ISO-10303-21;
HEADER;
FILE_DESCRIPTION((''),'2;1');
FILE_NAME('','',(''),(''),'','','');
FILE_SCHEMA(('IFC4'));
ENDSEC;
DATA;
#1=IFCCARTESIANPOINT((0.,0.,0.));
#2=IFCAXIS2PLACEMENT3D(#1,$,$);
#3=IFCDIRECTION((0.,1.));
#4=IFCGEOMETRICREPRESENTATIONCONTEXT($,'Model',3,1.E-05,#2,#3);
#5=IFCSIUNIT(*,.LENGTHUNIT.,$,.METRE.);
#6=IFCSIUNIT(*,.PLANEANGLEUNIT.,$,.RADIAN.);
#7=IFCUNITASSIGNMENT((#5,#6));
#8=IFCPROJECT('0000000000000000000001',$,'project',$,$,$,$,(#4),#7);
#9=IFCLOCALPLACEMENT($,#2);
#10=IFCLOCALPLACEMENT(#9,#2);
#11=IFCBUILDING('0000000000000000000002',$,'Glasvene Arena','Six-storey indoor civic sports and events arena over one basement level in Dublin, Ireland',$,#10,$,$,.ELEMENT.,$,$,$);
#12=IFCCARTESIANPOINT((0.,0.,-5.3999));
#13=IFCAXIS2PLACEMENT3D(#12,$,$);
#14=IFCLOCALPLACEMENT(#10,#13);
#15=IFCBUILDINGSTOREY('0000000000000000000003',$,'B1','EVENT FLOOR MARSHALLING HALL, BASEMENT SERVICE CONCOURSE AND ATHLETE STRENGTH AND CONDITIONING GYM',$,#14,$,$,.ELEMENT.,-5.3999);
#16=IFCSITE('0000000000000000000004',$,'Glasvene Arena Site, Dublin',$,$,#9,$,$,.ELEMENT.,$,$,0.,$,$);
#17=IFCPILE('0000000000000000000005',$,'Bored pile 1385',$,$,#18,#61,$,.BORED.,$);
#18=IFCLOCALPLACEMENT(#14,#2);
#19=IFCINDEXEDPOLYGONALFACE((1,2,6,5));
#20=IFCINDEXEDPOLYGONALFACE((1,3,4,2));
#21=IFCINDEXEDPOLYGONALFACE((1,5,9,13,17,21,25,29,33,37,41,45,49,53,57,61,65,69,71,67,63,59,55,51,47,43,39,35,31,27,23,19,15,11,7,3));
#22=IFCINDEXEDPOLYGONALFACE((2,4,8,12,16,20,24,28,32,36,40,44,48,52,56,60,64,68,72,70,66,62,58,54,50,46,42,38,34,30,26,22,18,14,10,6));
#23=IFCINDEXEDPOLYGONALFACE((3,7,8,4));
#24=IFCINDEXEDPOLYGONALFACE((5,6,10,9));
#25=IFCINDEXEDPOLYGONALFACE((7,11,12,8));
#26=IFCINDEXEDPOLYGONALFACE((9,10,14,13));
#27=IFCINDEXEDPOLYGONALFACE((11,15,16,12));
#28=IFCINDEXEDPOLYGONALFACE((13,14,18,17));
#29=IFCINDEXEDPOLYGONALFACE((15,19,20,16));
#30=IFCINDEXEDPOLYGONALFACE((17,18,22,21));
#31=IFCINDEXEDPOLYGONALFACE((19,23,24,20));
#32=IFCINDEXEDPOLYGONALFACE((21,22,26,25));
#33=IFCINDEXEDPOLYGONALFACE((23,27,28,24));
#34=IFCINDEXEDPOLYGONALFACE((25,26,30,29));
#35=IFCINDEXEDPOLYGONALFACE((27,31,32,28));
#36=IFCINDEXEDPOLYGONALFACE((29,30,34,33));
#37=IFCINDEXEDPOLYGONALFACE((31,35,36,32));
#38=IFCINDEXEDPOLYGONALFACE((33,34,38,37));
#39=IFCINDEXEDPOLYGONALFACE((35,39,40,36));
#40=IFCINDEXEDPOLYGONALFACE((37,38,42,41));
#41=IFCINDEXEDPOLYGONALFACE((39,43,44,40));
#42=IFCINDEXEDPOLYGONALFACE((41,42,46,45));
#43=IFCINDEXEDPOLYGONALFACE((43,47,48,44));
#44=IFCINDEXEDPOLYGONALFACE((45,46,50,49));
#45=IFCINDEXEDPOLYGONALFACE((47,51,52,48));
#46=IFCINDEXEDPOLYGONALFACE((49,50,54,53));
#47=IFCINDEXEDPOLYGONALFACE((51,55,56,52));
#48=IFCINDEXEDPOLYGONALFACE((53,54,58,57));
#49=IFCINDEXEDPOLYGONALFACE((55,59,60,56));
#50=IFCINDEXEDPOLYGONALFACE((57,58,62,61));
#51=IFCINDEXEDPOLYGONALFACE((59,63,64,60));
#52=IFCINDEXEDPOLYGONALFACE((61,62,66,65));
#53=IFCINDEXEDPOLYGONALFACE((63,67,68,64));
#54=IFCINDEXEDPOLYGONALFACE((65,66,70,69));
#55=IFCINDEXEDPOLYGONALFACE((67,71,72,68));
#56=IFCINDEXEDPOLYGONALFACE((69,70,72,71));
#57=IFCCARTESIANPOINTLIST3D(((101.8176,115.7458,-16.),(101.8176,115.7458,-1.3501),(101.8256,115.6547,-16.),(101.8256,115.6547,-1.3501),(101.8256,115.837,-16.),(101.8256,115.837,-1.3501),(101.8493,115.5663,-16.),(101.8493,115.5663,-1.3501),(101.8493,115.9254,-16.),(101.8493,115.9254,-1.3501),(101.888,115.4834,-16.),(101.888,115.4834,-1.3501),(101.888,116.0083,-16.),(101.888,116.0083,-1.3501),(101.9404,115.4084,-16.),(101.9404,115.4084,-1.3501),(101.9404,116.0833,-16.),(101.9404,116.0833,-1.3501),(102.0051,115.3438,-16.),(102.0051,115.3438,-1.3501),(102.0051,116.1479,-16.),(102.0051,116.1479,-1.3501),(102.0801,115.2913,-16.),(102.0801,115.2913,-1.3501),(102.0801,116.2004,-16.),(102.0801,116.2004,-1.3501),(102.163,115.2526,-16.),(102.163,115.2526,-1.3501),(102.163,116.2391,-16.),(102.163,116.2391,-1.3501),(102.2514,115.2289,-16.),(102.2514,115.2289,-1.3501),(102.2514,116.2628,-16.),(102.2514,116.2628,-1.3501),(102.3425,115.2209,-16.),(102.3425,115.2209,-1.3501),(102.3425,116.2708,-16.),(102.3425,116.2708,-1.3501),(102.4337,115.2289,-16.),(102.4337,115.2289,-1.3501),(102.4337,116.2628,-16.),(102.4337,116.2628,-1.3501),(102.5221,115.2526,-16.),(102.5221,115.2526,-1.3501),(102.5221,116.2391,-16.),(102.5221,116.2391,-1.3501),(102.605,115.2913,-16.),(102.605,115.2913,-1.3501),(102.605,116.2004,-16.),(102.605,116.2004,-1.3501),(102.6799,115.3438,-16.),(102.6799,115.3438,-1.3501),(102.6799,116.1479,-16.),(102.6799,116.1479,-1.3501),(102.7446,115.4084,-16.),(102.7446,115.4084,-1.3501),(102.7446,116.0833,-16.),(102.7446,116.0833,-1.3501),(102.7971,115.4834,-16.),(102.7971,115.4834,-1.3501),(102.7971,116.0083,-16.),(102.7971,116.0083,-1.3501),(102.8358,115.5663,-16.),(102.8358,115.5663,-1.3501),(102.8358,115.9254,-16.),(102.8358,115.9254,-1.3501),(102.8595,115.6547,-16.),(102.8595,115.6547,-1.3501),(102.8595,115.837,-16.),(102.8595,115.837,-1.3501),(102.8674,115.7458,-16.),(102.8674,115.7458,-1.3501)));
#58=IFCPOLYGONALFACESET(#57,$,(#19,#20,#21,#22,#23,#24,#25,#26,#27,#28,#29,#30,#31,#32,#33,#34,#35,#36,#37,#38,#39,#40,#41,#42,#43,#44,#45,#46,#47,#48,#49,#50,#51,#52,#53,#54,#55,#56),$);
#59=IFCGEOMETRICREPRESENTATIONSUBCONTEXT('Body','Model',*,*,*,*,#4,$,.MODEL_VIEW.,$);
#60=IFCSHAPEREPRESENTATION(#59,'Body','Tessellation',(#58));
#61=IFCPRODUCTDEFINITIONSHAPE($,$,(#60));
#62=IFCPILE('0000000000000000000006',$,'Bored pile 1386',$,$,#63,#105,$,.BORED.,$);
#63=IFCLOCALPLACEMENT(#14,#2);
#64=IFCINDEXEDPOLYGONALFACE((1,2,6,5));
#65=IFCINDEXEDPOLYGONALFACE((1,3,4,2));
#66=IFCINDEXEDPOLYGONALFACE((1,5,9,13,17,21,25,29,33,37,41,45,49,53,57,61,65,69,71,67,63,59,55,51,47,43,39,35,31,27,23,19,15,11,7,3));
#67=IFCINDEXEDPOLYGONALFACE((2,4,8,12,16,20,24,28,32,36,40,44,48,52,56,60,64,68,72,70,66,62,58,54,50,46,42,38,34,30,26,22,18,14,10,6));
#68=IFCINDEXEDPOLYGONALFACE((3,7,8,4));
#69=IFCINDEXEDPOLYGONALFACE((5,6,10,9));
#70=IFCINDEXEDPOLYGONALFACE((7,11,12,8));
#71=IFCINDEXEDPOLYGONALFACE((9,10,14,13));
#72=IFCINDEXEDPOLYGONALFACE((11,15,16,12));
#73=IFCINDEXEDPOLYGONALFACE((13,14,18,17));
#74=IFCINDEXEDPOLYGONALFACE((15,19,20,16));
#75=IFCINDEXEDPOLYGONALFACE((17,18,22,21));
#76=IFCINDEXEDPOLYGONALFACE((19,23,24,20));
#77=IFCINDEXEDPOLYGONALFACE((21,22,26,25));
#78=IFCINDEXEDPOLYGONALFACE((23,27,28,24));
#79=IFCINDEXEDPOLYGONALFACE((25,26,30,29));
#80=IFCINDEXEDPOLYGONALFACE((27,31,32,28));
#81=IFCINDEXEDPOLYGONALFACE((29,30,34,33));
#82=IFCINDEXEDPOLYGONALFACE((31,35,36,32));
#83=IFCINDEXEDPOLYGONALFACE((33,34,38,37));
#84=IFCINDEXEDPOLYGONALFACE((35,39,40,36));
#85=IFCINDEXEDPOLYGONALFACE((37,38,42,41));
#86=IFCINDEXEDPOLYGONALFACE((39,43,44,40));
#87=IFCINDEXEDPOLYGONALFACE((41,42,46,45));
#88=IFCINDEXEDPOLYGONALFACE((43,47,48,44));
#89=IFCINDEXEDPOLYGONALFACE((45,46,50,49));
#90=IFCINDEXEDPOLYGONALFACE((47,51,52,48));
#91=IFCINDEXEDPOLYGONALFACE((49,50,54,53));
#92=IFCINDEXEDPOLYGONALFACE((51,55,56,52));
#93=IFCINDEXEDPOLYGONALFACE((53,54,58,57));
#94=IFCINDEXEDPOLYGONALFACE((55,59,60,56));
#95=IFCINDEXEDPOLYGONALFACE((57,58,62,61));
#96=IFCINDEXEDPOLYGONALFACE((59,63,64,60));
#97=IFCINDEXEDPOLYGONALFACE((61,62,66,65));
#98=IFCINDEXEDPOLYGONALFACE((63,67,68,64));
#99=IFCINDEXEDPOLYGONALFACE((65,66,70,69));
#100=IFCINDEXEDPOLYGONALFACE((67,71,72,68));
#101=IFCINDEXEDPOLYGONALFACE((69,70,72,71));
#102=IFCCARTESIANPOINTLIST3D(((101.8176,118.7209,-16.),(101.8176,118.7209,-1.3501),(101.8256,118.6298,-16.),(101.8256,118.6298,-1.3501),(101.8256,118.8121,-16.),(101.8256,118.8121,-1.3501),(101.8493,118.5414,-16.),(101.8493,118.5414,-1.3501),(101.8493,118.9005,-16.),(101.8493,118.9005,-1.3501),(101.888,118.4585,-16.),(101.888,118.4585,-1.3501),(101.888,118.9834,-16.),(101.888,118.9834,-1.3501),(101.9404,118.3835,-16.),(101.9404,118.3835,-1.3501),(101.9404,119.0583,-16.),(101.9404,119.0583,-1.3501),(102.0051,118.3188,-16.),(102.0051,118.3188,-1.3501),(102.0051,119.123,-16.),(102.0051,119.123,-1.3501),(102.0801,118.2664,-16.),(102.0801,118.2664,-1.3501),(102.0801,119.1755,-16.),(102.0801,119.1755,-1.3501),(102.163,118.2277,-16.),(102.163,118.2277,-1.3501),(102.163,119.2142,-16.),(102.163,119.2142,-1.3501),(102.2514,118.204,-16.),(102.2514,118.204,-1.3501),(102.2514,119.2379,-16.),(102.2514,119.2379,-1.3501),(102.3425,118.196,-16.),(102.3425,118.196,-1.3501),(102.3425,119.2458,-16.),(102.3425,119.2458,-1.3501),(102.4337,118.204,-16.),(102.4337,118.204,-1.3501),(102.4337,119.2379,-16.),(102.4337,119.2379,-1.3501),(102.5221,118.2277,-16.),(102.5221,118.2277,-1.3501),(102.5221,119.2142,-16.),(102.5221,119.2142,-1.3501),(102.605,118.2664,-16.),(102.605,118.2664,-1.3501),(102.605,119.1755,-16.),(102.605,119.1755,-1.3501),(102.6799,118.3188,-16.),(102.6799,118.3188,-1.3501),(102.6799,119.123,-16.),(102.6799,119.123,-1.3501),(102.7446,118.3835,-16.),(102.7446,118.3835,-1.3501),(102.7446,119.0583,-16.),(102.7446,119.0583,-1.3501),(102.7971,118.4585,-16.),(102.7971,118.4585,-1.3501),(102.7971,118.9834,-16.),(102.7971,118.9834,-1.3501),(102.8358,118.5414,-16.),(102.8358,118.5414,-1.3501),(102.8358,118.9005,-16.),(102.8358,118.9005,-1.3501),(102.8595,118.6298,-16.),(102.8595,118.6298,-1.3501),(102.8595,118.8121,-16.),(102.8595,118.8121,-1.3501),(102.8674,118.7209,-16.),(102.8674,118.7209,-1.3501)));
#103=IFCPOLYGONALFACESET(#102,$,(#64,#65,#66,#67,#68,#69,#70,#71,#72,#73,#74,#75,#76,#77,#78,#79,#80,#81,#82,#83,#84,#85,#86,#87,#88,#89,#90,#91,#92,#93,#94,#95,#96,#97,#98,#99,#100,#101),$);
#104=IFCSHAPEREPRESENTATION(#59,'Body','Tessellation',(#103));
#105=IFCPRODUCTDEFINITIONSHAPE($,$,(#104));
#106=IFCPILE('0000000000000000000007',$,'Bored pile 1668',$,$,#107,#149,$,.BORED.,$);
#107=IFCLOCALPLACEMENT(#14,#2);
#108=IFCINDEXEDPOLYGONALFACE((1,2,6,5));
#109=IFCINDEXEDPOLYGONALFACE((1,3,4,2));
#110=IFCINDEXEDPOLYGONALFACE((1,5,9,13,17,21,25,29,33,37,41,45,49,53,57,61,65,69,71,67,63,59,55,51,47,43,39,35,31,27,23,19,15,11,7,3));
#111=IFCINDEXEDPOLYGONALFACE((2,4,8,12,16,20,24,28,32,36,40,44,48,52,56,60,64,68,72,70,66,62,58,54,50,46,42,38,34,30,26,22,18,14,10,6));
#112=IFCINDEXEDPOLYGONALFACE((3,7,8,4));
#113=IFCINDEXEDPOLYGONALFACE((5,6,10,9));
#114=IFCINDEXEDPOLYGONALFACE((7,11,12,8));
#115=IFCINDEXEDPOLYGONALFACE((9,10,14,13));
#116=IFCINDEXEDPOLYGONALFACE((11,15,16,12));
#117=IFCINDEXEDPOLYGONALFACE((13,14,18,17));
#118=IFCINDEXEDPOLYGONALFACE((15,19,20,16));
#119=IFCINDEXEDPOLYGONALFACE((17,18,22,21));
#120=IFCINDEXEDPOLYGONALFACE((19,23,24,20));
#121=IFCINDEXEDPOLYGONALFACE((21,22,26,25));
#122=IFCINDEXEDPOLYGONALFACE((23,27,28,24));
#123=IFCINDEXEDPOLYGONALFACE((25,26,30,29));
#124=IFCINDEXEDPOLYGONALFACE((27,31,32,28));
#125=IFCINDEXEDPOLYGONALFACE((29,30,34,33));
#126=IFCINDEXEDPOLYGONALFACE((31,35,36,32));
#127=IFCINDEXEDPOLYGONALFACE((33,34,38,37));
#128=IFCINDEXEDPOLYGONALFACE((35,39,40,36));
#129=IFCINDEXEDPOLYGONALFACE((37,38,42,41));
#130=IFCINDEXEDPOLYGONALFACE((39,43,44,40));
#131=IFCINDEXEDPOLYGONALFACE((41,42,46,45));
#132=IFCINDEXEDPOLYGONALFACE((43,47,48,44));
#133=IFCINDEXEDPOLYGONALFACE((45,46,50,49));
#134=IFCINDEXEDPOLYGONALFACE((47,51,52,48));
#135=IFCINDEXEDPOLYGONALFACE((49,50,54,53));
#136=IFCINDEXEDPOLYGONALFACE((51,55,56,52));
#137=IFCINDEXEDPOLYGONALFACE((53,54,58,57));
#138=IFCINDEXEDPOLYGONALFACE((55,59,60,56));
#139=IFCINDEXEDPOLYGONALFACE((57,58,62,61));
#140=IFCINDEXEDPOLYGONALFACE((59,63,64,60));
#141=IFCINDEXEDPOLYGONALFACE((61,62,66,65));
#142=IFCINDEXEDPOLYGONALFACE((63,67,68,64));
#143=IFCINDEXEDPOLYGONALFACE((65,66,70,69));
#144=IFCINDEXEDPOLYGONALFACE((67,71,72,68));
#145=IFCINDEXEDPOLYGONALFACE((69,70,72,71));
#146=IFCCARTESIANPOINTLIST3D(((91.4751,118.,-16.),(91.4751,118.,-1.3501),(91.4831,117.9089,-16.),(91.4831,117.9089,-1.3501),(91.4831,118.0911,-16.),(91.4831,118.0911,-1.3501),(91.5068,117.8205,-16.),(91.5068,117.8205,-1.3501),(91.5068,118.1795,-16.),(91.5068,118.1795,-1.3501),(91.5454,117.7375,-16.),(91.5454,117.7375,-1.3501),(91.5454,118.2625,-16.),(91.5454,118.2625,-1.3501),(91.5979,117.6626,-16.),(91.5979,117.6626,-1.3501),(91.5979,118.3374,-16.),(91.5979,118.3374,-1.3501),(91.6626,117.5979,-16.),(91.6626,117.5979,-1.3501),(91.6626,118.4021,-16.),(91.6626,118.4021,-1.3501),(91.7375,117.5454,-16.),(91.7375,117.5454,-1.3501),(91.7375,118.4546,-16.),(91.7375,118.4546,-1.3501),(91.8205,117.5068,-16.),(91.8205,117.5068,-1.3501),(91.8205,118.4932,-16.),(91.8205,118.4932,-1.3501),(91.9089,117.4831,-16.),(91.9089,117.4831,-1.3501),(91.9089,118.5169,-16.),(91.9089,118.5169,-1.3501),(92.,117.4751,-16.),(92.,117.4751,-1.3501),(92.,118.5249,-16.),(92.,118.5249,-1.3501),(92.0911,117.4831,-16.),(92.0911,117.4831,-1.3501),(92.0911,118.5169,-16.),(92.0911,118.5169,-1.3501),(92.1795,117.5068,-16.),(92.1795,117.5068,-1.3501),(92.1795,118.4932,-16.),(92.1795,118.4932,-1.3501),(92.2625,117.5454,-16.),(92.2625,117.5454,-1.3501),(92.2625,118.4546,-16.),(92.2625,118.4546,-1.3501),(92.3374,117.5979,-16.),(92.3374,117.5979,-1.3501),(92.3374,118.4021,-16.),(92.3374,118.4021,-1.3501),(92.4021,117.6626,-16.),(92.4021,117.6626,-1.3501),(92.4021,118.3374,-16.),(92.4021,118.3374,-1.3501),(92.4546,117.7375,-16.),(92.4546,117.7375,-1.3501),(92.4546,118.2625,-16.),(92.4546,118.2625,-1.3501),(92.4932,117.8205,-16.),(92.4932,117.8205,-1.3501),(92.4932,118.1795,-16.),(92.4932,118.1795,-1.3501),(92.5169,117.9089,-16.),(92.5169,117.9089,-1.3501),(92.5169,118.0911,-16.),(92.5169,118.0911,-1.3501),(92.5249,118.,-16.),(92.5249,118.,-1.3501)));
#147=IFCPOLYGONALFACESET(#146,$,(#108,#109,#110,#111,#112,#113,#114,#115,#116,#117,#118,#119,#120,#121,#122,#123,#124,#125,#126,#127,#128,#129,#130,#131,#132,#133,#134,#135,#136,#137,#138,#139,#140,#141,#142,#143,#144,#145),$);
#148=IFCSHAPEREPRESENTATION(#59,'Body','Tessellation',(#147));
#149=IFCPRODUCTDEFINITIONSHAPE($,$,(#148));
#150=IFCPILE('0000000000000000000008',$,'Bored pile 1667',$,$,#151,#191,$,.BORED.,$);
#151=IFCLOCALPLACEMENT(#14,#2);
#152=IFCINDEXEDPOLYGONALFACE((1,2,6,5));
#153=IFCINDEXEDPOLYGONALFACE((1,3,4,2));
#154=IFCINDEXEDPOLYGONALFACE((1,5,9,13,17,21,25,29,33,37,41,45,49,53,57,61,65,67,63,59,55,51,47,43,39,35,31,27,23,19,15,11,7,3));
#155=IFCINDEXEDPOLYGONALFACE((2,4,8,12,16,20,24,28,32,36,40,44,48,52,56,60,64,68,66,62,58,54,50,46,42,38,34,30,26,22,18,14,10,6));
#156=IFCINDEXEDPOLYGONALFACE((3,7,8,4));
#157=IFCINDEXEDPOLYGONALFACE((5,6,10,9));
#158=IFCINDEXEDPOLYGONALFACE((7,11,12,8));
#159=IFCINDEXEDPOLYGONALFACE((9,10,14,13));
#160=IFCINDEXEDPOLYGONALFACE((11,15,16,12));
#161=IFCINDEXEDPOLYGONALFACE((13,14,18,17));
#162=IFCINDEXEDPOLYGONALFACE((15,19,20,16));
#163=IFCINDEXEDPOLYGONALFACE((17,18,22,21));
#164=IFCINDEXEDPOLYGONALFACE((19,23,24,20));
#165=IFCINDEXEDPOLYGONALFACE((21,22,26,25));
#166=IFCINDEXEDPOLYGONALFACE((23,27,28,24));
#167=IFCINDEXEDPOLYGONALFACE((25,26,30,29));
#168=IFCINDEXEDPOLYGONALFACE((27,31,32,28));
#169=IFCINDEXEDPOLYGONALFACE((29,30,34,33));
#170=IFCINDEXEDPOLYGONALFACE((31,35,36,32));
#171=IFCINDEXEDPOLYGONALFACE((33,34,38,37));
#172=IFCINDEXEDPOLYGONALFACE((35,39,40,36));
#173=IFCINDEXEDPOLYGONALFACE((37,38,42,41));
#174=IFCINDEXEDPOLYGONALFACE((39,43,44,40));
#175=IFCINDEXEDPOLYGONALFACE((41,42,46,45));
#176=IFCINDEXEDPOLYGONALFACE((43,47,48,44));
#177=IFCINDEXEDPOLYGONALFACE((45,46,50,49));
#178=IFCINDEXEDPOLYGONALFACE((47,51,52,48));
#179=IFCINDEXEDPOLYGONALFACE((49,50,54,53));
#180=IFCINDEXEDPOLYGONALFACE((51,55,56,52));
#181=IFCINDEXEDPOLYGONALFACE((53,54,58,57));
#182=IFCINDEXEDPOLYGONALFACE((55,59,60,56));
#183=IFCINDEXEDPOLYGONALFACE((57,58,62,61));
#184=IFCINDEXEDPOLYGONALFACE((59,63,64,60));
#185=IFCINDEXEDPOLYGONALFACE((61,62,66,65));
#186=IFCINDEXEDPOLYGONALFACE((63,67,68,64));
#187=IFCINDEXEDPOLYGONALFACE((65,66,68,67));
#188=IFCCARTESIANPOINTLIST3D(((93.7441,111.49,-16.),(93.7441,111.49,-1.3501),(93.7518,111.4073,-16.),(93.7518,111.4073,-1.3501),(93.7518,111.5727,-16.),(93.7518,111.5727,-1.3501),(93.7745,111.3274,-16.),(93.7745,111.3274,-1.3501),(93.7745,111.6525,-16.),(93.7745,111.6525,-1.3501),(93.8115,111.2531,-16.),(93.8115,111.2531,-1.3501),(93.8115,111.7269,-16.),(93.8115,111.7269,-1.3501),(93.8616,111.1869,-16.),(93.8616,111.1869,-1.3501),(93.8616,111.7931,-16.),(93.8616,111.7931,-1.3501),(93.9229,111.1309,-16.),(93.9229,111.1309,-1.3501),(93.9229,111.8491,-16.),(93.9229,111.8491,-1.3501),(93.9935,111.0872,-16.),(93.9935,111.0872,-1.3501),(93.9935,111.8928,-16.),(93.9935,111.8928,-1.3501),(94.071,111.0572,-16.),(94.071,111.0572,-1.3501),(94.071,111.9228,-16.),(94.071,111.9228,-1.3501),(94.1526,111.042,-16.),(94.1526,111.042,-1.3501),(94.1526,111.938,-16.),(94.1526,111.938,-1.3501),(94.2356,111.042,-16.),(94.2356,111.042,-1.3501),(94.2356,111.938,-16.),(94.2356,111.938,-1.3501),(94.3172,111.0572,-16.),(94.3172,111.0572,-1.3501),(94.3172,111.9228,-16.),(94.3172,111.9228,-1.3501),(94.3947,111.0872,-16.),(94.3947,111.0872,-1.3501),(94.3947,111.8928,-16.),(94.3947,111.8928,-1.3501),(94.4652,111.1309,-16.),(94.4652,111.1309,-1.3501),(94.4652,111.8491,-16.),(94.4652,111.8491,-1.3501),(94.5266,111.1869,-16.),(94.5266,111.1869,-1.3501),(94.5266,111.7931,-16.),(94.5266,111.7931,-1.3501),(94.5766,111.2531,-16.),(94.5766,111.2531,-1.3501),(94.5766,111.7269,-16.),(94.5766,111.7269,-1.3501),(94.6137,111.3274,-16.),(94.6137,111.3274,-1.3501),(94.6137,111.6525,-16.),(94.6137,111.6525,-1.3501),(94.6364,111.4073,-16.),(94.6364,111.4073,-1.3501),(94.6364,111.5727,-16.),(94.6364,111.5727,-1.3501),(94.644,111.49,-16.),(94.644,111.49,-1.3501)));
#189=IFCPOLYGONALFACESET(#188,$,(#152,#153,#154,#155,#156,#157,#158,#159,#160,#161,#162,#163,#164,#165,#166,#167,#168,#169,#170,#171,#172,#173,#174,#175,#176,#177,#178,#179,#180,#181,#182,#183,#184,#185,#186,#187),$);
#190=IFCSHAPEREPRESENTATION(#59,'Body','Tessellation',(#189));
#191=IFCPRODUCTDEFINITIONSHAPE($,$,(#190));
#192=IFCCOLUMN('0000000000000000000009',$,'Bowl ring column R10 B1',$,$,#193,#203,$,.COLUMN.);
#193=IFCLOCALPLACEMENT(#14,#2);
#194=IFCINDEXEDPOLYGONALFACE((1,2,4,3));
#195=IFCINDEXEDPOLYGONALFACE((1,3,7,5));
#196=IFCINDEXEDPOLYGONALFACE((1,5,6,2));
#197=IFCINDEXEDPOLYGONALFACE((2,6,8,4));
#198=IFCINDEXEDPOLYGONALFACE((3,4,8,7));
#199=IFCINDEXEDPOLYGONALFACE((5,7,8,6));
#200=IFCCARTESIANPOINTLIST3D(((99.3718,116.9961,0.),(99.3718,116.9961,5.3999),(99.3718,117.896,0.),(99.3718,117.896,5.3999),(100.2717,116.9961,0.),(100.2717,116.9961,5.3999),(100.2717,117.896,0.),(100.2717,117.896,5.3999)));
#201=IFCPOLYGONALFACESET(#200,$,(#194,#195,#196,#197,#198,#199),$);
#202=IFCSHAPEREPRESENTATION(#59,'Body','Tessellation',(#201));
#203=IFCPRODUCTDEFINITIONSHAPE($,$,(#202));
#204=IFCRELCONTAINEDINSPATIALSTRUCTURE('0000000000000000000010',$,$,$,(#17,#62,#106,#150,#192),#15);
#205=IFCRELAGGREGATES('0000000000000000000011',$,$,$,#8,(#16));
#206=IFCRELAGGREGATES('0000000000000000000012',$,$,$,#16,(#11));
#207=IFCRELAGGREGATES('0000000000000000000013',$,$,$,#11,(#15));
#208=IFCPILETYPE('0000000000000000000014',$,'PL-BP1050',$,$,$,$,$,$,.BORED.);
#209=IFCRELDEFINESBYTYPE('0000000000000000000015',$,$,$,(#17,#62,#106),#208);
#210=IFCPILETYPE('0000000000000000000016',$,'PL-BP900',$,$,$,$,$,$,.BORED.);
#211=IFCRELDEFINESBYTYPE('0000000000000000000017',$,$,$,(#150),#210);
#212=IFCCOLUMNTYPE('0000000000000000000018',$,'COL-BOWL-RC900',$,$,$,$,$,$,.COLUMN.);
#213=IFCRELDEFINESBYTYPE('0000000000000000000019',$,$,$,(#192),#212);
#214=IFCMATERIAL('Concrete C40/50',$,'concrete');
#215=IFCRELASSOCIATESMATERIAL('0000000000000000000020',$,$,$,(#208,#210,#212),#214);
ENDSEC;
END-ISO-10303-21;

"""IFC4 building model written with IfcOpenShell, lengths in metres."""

from ifc_helpers import new_model, si_unit, direction, frame, origin, origin_2d, place, context, subcontext, project, spatial, rectangle, circle, extrude, material, material_profile, profile_set, type_object, element, save


model = new_model("IFC4")

# Units and contexts
model_context = context("Model", 3, precision=1e-05, world=origin(), true_north=direction((0.0, 1.0)))
body_context = subcontext(model_context, "Body", "Model", "MODEL_VIEW")
ifc_project = project(units=[si_unit("LENGTHUNIT", "METRE"), si_unit("PLANEANGLEUNIT", "RADIAN")], contexts=[model_context])

# Site, building, storey
site_placement = place(None, origin())
site = spatial("IfcSite", under=ifc_project, at=site_placement, Name="Glasvene Arena Site, Dublin", CompositionType="ELEMENT", RefElevation=0.0)
building_placement = place(site_placement, origin())
building = spatial("IfcBuilding", under=site, at=building_placement, Name="Glasvene Arena", Description="Six-storey indoor civic sports and events arena over one basement level in Dublin, Ireland", CompositionType="ELEMENT")
storey_placement = place(building_placement, frame((0.0, 0.0, -5.3999)))
storey = spatial("IfcBuildingStorey", under=building, at=storey_placement, Name="B1", Description="EVENT FLOOR MARSHALLING HALL, BASEMENT SERVICE CONCOURSE AND ATHLETE STRENGTH AND CONDITIONING GYM", CompositionType="ELEMENT", Elevation=-5.3999)

# Shared definitions
ifc_material_1 = material(Name="Concrete C40/50", Category="concrete")

# Piles
ifc_material_profile_1 = material_profile(ifc_material_1, circle(Radius=0.5249, at=origin_2d()), Name="BORED PILE 1050")
ifc_profile_set_1 = profile_set([ifc_material_profile_1], Name="Concrete C40/50")
pile_type_1 = type_object("IfcPileType", Name="PL-BP1050", PredefinedType="BORED", material=ifc_profile_set_1)
for number, where, z_axis, x_axis, name in (
    (1, (102.3425, 115.7458, -1.3501), (0.0, 0.0, -1.0), (1.0, 0.0, 0.0), "Bored pile 1385"),
    (2, (102.3425, 118.7209, -1.3501), (0.0, 0.0, -1.0), (1.0, 0.0, 0.0), "Bored pile 1386"),
    (3, (92.0, 118.0, -1.3501), (0.0, 0.0, -1.0), (1.0, 0.0, 0.0), "Bored pile 1668"),
):
    element("IfcPile", number, at=place(storey_placement, frame(where, z_axis=z_axis, x_axis=x_axis)), inside=storey, type_object=pile_type_1, Name=name, PredefinedType="BORED", context=body_context, shape_type="SweptSolid", body=[
        extrude(circle(Radius=0.5249, at=origin_2d()), origin(), (0.0, 0.0, 1.0), 14.6499),
    ])
ifc_material_profile_2 = material_profile(ifc_material_1, circle(Radius=0.45, at=origin_2d()), Name="BORED PILE 900")
ifc_profile_set_2 = profile_set([ifc_material_profile_2], Name="Concrete C40/50")
pile_type_2 = type_object("IfcPileType", Name="PL-BP900", PredefinedType="BORED", material=ifc_profile_set_2)
pile_placement = place(storey_placement, frame((94.1941, 111.49, -1.3501), z_axis=(0.0, 0.0, -1.0), x_axis=(1.0, 0.0, 0.0)))
element("IfcPile", 4, at=pile_placement, inside=storey, type_object=pile_type_2, Name="Bored pile 1667", PredefinedType="BORED", context=body_context, shape_type="SweptSolid", body=[
    extrude(circle(Radius=0.45, at=origin_2d()), origin(), (0.0, 0.0, 1.0), 14.6499),
])

# Column
ifc_material_profile_3 = material_profile(ifc_material_1, rectangle(XDim=0.8999, YDim=0.8999, at=origin_2d()), Name="RC 900x900")
ifc_profile_set_3 = profile_set([ifc_material_profile_3], Name="Concrete C40/50")
column_type_1 = type_object("IfcColumnType", Name="COL-BOWL-RC900", PredefinedType="COLUMN", material=ifc_profile_set_3)
for number, where, z_axis, x_axis, name in (
    (5, (99.8218, 117.446, 0.0), (0.0, 0.0, 1.0), (1.0, 0.0, 0.0), "Bowl ring column R10 B1"),
):
    element("IfcColumn", number, at=place(storey_placement, frame(where, z_axis=z_axis, x_axis=x_axis)), inside=storey, type_object=column_type_1, Name=name, PredefinedType="COLUMN", context=body_context, shape_type="SweptSolid", body=[
        extrude(rectangle(XDim=0.8999, YDim=0.8999, at=origin_2d()), origin(), (0.0, 0.0, 1.0), 5.3999),
    ])

save(model, "model.ifc")
